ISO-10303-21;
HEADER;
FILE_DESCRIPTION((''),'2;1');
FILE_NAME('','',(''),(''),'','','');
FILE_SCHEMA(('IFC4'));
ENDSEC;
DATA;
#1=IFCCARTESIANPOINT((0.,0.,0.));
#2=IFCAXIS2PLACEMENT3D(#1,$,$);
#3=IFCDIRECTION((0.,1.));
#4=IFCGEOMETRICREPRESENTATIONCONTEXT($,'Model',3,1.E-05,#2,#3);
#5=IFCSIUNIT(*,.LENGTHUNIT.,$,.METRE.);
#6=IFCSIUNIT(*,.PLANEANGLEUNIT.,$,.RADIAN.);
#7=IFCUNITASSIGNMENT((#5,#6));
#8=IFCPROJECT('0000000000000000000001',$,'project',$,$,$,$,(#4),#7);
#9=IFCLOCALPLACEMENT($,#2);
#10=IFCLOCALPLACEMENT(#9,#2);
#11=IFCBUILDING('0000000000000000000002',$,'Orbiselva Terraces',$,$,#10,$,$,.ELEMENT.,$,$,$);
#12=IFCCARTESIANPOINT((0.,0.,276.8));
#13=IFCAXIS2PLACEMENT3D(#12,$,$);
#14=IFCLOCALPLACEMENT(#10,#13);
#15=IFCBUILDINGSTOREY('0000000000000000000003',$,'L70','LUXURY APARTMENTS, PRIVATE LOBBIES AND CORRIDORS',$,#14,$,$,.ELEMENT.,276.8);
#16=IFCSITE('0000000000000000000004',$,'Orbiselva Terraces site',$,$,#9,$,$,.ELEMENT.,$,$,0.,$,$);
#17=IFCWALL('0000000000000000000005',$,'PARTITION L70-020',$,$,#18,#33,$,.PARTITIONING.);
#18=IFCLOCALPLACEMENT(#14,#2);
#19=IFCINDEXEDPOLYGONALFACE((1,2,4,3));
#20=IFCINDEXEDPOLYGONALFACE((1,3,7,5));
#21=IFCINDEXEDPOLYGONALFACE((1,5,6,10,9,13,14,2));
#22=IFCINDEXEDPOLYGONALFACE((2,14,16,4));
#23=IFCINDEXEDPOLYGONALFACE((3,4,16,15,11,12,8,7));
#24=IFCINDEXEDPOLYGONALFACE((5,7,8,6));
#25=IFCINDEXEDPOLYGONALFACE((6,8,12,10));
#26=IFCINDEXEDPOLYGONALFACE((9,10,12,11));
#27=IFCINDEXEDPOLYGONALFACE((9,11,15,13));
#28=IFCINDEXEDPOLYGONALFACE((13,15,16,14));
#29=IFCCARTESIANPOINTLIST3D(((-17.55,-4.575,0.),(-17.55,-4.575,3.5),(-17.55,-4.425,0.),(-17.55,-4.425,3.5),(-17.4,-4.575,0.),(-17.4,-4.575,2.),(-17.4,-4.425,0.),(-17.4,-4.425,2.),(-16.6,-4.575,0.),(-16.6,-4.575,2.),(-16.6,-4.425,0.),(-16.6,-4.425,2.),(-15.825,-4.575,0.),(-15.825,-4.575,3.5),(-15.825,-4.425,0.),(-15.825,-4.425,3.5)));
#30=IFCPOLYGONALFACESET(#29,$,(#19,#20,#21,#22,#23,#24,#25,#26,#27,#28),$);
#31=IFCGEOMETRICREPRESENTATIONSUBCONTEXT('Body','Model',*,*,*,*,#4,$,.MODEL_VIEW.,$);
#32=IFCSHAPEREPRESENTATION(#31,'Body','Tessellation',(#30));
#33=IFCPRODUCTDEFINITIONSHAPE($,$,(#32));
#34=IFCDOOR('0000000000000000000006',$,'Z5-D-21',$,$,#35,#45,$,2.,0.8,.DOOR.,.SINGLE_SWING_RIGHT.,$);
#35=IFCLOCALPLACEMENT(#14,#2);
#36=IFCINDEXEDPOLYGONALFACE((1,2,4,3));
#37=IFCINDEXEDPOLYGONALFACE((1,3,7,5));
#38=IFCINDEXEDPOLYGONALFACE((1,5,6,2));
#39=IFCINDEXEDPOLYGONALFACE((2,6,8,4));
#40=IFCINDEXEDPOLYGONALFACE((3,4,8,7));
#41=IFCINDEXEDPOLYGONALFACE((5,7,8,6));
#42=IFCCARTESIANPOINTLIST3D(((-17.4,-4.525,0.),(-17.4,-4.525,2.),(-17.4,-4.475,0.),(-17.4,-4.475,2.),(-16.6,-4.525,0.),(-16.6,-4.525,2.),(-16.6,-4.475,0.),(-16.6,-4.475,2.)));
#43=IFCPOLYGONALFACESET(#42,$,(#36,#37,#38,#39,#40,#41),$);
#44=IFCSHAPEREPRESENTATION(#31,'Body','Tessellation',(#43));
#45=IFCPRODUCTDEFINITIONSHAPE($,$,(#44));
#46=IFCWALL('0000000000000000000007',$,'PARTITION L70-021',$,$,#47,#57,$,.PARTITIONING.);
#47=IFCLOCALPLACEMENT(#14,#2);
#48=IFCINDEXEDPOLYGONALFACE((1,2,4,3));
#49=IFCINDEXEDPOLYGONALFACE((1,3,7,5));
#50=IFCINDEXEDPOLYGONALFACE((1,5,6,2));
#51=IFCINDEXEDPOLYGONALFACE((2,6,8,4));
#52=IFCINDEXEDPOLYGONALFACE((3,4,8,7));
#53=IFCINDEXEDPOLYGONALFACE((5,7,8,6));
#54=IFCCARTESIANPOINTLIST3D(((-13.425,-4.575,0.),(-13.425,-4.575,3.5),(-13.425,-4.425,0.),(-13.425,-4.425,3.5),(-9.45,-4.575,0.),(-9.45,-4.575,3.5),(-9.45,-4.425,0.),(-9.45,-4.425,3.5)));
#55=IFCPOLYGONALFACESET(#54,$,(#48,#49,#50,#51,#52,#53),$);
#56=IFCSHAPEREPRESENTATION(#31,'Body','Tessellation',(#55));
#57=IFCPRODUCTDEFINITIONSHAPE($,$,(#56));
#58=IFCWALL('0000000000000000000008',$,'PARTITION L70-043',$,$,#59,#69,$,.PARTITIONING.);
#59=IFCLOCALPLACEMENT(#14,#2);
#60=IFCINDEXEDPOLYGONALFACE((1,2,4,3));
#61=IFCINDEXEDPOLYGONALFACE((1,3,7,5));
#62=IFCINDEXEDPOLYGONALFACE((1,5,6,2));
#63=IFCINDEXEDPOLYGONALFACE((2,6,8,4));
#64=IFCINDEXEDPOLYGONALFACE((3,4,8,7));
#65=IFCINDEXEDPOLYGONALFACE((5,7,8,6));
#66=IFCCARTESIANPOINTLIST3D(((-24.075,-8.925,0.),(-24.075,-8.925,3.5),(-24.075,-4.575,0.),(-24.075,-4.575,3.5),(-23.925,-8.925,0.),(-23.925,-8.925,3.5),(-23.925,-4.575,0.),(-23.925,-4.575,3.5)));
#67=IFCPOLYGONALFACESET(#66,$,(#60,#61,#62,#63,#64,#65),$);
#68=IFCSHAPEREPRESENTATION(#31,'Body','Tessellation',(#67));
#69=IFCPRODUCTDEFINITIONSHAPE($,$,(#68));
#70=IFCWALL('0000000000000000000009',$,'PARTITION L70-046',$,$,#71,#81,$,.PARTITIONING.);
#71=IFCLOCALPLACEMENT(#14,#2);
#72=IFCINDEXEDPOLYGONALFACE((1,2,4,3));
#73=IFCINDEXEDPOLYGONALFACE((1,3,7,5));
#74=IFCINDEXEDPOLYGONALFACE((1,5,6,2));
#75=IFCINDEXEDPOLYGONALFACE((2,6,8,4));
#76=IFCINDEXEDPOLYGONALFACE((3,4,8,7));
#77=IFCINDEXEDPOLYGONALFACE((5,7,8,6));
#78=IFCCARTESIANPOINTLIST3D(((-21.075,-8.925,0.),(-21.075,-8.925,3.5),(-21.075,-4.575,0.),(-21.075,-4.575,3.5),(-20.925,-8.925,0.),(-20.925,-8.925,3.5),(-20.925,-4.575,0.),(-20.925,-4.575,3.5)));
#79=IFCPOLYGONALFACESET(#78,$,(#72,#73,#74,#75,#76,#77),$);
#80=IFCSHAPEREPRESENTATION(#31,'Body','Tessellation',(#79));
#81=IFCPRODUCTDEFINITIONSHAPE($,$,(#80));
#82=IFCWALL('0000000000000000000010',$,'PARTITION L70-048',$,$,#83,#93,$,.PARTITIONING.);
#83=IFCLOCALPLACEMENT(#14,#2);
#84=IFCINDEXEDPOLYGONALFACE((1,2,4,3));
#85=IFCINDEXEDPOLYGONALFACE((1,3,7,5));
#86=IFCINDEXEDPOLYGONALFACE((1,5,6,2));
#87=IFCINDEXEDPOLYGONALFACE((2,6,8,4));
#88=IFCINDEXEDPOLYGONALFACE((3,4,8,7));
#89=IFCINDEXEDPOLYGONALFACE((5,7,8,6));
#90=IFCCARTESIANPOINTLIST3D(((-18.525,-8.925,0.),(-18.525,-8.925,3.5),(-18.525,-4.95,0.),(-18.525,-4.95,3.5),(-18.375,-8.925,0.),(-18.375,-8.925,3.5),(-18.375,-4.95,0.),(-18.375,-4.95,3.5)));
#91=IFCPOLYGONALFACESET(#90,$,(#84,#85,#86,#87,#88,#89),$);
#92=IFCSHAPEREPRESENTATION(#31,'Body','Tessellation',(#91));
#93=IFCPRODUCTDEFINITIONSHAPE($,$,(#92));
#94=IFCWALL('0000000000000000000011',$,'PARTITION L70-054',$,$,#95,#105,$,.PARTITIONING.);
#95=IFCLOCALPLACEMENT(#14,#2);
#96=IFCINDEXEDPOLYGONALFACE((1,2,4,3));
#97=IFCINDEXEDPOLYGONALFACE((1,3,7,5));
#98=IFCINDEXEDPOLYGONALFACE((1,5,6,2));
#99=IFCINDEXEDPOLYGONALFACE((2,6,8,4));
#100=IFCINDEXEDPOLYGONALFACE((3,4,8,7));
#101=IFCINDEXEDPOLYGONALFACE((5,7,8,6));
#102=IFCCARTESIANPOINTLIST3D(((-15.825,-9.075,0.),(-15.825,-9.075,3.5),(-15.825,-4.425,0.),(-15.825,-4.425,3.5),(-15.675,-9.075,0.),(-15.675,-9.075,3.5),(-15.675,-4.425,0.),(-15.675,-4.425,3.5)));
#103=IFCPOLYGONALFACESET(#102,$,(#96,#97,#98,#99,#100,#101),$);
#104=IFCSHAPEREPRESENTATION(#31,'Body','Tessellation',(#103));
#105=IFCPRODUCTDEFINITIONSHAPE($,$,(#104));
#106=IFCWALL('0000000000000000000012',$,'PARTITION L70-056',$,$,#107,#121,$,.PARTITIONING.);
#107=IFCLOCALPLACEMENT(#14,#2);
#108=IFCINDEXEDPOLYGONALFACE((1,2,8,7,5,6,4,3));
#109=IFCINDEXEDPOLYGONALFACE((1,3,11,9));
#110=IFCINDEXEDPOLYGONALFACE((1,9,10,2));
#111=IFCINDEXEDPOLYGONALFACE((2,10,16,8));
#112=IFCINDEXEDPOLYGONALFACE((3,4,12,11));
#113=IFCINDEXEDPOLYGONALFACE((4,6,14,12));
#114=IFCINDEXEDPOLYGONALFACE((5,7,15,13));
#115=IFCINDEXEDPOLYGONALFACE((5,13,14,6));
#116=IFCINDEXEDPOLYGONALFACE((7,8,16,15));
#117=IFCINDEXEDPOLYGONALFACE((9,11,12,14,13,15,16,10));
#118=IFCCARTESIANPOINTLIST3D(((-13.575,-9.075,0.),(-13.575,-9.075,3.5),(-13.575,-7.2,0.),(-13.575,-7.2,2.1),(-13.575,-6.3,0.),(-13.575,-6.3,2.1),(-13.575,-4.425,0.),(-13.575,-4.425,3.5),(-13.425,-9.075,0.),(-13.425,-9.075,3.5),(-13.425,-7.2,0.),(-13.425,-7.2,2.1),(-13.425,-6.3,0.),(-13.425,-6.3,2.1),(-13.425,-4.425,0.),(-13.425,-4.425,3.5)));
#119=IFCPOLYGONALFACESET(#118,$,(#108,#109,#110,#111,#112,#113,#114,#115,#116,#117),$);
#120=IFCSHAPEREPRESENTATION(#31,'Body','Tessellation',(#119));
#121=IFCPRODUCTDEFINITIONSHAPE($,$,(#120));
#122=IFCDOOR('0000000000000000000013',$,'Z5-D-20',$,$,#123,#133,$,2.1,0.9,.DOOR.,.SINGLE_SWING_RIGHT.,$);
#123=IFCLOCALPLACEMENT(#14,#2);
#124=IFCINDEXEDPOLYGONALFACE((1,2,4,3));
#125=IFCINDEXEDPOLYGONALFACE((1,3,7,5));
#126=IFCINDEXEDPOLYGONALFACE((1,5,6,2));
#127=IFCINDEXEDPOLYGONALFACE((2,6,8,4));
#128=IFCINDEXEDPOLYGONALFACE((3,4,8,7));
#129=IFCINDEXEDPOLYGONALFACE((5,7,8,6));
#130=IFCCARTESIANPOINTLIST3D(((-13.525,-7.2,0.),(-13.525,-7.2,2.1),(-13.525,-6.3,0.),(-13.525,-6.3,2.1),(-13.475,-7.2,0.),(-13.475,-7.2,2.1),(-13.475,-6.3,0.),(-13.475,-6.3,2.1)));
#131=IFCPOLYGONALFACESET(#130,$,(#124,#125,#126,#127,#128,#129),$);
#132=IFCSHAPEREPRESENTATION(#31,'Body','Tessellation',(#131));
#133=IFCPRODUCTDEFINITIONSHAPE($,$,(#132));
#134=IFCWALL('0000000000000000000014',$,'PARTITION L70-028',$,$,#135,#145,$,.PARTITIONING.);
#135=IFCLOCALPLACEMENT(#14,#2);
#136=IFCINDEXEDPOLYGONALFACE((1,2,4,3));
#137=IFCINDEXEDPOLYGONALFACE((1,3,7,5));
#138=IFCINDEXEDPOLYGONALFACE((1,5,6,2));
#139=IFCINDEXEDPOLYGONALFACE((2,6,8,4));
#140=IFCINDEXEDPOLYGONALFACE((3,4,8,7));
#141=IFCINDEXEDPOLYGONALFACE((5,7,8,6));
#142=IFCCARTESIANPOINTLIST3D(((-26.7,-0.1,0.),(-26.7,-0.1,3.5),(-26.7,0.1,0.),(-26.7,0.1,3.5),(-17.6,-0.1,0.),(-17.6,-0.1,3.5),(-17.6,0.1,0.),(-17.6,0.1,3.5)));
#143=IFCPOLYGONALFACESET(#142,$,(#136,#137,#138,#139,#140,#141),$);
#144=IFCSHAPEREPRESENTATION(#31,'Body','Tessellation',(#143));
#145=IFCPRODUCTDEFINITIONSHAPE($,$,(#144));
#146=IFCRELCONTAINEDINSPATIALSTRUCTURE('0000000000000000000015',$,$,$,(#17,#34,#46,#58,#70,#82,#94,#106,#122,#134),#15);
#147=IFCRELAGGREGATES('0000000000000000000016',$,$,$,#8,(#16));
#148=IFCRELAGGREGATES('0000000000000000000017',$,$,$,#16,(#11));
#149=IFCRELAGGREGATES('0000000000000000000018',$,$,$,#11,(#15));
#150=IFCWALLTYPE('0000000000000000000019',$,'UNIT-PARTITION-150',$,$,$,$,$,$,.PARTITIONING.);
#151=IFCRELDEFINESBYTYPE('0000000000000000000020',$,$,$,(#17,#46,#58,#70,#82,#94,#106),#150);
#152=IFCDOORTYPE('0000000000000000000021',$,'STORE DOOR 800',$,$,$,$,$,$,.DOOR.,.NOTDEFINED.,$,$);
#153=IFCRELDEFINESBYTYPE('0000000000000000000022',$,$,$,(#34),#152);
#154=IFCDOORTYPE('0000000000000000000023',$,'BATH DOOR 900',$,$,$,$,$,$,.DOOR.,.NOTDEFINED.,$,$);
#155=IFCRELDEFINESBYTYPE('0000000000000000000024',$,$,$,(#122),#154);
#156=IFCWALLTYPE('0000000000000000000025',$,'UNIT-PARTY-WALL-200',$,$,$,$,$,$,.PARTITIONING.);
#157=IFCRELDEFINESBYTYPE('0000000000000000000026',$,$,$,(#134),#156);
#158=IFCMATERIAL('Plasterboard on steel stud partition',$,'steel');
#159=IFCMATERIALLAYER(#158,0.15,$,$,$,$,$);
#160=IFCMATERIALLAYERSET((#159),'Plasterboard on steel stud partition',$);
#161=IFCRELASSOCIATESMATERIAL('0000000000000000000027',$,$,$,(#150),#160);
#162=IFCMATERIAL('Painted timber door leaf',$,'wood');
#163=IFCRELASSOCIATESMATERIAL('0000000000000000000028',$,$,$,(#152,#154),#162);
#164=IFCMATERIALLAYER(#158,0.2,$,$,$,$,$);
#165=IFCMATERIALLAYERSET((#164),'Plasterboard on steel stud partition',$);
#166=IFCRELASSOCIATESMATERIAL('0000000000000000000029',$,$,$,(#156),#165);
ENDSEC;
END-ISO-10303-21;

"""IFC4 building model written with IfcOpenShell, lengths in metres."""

from ifc_helpers import new_model, si_unit, direction, frame, frame_2d, origin, place, context, subcontext, project, spatial, rectangle, extrude, material, layer, layer_set, type_object, element, fill, save


model = new_model("IFC4")

# Units and contexts
model_context = context("Model", 3, precision=1e-05, world=origin(), true_north=direction((0.0, 1.0)))
body_context = subcontext(model_context, "Body", "Model", "MODEL_VIEW")
ifc_project = project(units=[si_unit("LENGTHUNIT", "METRE"), si_unit("PLANEANGLEUNIT", "RADIAN")], contexts=[model_context])

# Site, building, storey
site_placement = place(None, origin())
site = spatial("IfcSite", under=ifc_project, at=site_placement, Name="Orbiselva Terraces site", CompositionType="ELEMENT", RefElevation=0.0)
building_placement = place(site_placement, origin())
building = spatial("IfcBuilding", under=site, at=building_placement, Name="Orbiselva Terraces", CompositionType="ELEMENT")
storey_placement = place(building_placement, frame((0.0, 0.0, 276.8)))
storey = spatial("IfcBuildingStorey", under=building, at=storey_placement, Name="L70", Description="LUXURY APARTMENTS, PRIVATE LOBBIES AND CORRIDORS", CompositionType="ELEMENT", Elevation=276.8)

# Shared definitions
ifc_material_1 = material(Name="Plasterboard on steel stud partition", Category="steel")

# Shared definitions
ifc_layer_1 = layer(ifc_material_1, 0.15)
ifc_layer_set_1 = layer_set([ifc_layer_1], Name="Plasterboard on steel stud partition")
wall_type_1 = type_object("IfcWallType", Name="UNIT-PARTITION-150", PredefinedType="PARTITIONING", material=ifc_layer_set_1)
ifc_material_2 = material(Name="Painted timber door leaf", Category="wood")

# Shared definitions
door_type_1 = type_object("IfcDoorType", Name="STORE DOOR 800", OperationType="NOTDEFINED", PredefinedType="DOOR", material=ifc_material_2)

# Wall, opening, door
wall_1_placement = place(storey_placement, frame((-15.825, -4.5, 0.0), z_axis=(0.0, 0.0, 1.0), x_axis=(-1.0, 0.0, 0.0)))
wall_1 = element("IfcWall", 1, at=wall_1_placement, inside=storey, type_object=wall_type_1, Name="PARTITION L70-020", PredefinedType="PARTITIONING", context=body_context, shape_type="SweptSolid", body=[
    extrude(rectangle(XDim=1.725, YDim=0.15, at=frame_2d((0.8625, 0.0))), origin(), (0.0, 0.0, 1.0), 3.5),
])
opening_1_placement = place(wall_1_placement, frame((0.775, 0.0, 0.0)))
opening_1 = element("IfcOpeningElement", 2, at=opening_1_placement, cuts=wall_1, PredefinedType="OPENING", context=body_context, shape_type="SweptSolid", body=[
    extrude(rectangle(XDim=0.8, YDim=2.0, at=frame_2d((0.4, 1.0))), frame((0.0, 0.085, 0.0), z_axis=(0.0, -1.0, 0.0), x_axis=(1.0, 0.0, 0.0)), (0.0, 0.0, 1.0), 0.17),
])
door_1_placement = place(opening_1_placement, origin())
door_1 = element("IfcDoor", 3, at=door_1_placement, inside=storey, type_object=door_type_1, Name="Z5-D-21", OperationType="SINGLE_SWING_RIGHT", OverallHeight=2.0, OverallWidth=0.8, PredefinedType="DOOR", context=body_context, shape_type="SweptSolid", body=[
    extrude(rectangle(XDim=0.8, YDim=2.0, at=frame_2d((0.4, 1.0))), frame((0.0, 0.025, 0.0), z_axis=(0.0, -1.0, 0.0), x_axis=(1.0, 0.0, 0.0)), (0.0, 0.0, 1.0), 0.05),
])
fill(opening_1, door_1)

# Walls
wall_2_placement = place(storey_placement, frame((-13.425, -4.5, 0.0), z_axis=(0.0, 0.0, 1.0), x_axis=(1.0, 0.0, 0.0)))
element("IfcWall", 4, at=wall_2_placement, inside=storey, type_object=wall_type_1, Name="PARTITION L70-021", PredefinedType="PARTITIONING", context=body_context, shape_type="SweptSolid", body=[
    extrude(rectangle(XDim=3.975, YDim=0.15, at=frame_2d((1.9875, 0.0))), origin(), (0.0, 0.0, 1.0), 3.5),
])
for number, where, z_axis, x_axis, name in (
    (5, (-24.0, -8.925, 0.0), (0.0, 0.0, 1.0), (0.0, 1.0, 0.0), "PARTITION L70-043"),
    (6, (-21.0, -8.925, 0.0), (0.0, 0.0, 1.0), (0.0, 1.0, 0.0), "PARTITION L70-046"),
):
    element("IfcWall", number, at=place(storey_placement, frame(where, z_axis=z_axis, x_axis=x_axis)), inside=storey, type_object=wall_type_1, Name=name, PredefinedType="PARTITIONING", context=body_context, shape_type="SweptSolid", body=[
        extrude(rectangle(XDim=4.35, YDim=0.15, at=frame_2d((2.175, 0.0))), origin(), (0.0, 0.0, 1.0), 3.5),
    ])
wall_3_placement = place(storey_placement, frame((-18.45, -8.925, 0.0), z_axis=(0.0, 0.0, 1.0), x_axis=(0.0, 1.0, 0.0)))
element("IfcWall", 7, at=wall_3_placement, inside=storey, type_object=wall_type_1, Name="PARTITION L70-048", PredefinedType="PARTITIONING", context=body_context, shape_type="SweptSolid", body=[
    extrude(rectangle(XDim=3.975, YDim=0.15, at=frame_2d((1.9875, 0.0))), origin(), (0.0, 0.0, 1.0), 3.5),
])
wall_4_placement = place(storey_placement, frame((-15.75, -9.075, 0.0), z_axis=(0.0, 0.0, 1.0), x_axis=(0.0, 1.0, 0.0)))
element("IfcWall", 8, at=wall_4_placement, inside=storey, type_object=wall_type_1, Name="PARTITION L70-054", PredefinedType="PARTITIONING", context=body_context, shape_type="SweptSolid", body=[
    extrude(rectangle(XDim=4.65, YDim=0.15, at=frame_2d((2.325, 0.0))), origin(), (0.0, 0.0, 1.0), 3.5),
])

# Wall, opening, door
wall_5_placement = place(storey_placement, frame((-13.5, -4.425, 0.0), z_axis=(0.0, 0.0, 1.0), x_axis=(0.0, -1.0, 0.0)))
wall_5 = element("IfcWall", 9, at=wall_5_placement, inside=storey, type_object=wall_type_1, Name="PARTITION L70-056", PredefinedType="PARTITIONING", context=body_context, shape_type="SweptSolid", body=[
    extrude(rectangle(XDim=4.65, YDim=0.15, at=frame_2d((2.325, 0.0))), origin(), (0.0, 0.0, 1.0), 3.5),
])
opening_2_placement = place(wall_5_placement, frame((1.875, 0.0, 0.0)))
opening_2 = element("IfcOpeningElement", 10, at=opening_2_placement, cuts=wall_5, PredefinedType="OPENING", context=body_context, shape_type="SweptSolid", body=[
    extrude(rectangle(XDim=0.9, YDim=2.1, at=frame_2d((0.45, 1.05))), frame((0.0, 0.085, 0.0), z_axis=(0.0, -1.0, 0.0), x_axis=(1.0, 0.0, 0.0)), (0.0, 0.0, 1.0), 0.17),
])
door_type_2 = type_object("IfcDoorType", Name="BATH DOOR 900", OperationType="NOTDEFINED", PredefinedType="DOOR", material=ifc_material_2)
door_2_placement = place(opening_2_placement, origin())
door_2 = element("IfcDoor", 11, at=door_2_placement, inside=storey, type_object=door_type_2, Name="Z5-D-20", OperationType="SINGLE_SWING_RIGHT", OverallHeight=2.1, OverallWidth=0.9, PredefinedType="DOOR", context=body_context, shape_type="SweptSolid", body=[
    extrude(rectangle(XDim=0.9, YDim=2.1, at=frame_2d((0.45, 1.05))), frame((0.0, 0.025, 0.0), z_axis=(0.0, -1.0, 0.0), x_axis=(1.0, 0.0, 0.0)), (0.0, 0.0, 1.0), 0.05),
])
fill(opening_2, door_2)

# Wall
ifc_layer_2 = layer(ifc_material_1, 0.2)
ifc_layer_set_2 = layer_set([ifc_layer_2], Name="Plasterboard on steel stud partition")
wall_type_2 = type_object("IfcWallType", Name="UNIT-PARTY-WALL-200", PredefinedType="PARTITIONING", material=ifc_layer_set_2)
wall_6_placement = place(storey_placement, frame((-26.7, 0.0, 0.0), z_axis=(0.0, 0.0, 1.0), x_axis=(1.0, 0.0, 0.0)))
element("IfcWall", 12, at=wall_6_placement, inside=storey, type_object=wall_type_2, Name="PARTITION L70-028", PredefinedType="PARTITIONING", context=body_context, shape_type="SweptSolid", body=[
    extrude(rectangle(XDim=9.1, YDim=0.2, at=frame_2d((4.55, 0.0))), origin(), (0.0, 0.0, 1.0), 3.5),
])

save(model, "model.ifc")
